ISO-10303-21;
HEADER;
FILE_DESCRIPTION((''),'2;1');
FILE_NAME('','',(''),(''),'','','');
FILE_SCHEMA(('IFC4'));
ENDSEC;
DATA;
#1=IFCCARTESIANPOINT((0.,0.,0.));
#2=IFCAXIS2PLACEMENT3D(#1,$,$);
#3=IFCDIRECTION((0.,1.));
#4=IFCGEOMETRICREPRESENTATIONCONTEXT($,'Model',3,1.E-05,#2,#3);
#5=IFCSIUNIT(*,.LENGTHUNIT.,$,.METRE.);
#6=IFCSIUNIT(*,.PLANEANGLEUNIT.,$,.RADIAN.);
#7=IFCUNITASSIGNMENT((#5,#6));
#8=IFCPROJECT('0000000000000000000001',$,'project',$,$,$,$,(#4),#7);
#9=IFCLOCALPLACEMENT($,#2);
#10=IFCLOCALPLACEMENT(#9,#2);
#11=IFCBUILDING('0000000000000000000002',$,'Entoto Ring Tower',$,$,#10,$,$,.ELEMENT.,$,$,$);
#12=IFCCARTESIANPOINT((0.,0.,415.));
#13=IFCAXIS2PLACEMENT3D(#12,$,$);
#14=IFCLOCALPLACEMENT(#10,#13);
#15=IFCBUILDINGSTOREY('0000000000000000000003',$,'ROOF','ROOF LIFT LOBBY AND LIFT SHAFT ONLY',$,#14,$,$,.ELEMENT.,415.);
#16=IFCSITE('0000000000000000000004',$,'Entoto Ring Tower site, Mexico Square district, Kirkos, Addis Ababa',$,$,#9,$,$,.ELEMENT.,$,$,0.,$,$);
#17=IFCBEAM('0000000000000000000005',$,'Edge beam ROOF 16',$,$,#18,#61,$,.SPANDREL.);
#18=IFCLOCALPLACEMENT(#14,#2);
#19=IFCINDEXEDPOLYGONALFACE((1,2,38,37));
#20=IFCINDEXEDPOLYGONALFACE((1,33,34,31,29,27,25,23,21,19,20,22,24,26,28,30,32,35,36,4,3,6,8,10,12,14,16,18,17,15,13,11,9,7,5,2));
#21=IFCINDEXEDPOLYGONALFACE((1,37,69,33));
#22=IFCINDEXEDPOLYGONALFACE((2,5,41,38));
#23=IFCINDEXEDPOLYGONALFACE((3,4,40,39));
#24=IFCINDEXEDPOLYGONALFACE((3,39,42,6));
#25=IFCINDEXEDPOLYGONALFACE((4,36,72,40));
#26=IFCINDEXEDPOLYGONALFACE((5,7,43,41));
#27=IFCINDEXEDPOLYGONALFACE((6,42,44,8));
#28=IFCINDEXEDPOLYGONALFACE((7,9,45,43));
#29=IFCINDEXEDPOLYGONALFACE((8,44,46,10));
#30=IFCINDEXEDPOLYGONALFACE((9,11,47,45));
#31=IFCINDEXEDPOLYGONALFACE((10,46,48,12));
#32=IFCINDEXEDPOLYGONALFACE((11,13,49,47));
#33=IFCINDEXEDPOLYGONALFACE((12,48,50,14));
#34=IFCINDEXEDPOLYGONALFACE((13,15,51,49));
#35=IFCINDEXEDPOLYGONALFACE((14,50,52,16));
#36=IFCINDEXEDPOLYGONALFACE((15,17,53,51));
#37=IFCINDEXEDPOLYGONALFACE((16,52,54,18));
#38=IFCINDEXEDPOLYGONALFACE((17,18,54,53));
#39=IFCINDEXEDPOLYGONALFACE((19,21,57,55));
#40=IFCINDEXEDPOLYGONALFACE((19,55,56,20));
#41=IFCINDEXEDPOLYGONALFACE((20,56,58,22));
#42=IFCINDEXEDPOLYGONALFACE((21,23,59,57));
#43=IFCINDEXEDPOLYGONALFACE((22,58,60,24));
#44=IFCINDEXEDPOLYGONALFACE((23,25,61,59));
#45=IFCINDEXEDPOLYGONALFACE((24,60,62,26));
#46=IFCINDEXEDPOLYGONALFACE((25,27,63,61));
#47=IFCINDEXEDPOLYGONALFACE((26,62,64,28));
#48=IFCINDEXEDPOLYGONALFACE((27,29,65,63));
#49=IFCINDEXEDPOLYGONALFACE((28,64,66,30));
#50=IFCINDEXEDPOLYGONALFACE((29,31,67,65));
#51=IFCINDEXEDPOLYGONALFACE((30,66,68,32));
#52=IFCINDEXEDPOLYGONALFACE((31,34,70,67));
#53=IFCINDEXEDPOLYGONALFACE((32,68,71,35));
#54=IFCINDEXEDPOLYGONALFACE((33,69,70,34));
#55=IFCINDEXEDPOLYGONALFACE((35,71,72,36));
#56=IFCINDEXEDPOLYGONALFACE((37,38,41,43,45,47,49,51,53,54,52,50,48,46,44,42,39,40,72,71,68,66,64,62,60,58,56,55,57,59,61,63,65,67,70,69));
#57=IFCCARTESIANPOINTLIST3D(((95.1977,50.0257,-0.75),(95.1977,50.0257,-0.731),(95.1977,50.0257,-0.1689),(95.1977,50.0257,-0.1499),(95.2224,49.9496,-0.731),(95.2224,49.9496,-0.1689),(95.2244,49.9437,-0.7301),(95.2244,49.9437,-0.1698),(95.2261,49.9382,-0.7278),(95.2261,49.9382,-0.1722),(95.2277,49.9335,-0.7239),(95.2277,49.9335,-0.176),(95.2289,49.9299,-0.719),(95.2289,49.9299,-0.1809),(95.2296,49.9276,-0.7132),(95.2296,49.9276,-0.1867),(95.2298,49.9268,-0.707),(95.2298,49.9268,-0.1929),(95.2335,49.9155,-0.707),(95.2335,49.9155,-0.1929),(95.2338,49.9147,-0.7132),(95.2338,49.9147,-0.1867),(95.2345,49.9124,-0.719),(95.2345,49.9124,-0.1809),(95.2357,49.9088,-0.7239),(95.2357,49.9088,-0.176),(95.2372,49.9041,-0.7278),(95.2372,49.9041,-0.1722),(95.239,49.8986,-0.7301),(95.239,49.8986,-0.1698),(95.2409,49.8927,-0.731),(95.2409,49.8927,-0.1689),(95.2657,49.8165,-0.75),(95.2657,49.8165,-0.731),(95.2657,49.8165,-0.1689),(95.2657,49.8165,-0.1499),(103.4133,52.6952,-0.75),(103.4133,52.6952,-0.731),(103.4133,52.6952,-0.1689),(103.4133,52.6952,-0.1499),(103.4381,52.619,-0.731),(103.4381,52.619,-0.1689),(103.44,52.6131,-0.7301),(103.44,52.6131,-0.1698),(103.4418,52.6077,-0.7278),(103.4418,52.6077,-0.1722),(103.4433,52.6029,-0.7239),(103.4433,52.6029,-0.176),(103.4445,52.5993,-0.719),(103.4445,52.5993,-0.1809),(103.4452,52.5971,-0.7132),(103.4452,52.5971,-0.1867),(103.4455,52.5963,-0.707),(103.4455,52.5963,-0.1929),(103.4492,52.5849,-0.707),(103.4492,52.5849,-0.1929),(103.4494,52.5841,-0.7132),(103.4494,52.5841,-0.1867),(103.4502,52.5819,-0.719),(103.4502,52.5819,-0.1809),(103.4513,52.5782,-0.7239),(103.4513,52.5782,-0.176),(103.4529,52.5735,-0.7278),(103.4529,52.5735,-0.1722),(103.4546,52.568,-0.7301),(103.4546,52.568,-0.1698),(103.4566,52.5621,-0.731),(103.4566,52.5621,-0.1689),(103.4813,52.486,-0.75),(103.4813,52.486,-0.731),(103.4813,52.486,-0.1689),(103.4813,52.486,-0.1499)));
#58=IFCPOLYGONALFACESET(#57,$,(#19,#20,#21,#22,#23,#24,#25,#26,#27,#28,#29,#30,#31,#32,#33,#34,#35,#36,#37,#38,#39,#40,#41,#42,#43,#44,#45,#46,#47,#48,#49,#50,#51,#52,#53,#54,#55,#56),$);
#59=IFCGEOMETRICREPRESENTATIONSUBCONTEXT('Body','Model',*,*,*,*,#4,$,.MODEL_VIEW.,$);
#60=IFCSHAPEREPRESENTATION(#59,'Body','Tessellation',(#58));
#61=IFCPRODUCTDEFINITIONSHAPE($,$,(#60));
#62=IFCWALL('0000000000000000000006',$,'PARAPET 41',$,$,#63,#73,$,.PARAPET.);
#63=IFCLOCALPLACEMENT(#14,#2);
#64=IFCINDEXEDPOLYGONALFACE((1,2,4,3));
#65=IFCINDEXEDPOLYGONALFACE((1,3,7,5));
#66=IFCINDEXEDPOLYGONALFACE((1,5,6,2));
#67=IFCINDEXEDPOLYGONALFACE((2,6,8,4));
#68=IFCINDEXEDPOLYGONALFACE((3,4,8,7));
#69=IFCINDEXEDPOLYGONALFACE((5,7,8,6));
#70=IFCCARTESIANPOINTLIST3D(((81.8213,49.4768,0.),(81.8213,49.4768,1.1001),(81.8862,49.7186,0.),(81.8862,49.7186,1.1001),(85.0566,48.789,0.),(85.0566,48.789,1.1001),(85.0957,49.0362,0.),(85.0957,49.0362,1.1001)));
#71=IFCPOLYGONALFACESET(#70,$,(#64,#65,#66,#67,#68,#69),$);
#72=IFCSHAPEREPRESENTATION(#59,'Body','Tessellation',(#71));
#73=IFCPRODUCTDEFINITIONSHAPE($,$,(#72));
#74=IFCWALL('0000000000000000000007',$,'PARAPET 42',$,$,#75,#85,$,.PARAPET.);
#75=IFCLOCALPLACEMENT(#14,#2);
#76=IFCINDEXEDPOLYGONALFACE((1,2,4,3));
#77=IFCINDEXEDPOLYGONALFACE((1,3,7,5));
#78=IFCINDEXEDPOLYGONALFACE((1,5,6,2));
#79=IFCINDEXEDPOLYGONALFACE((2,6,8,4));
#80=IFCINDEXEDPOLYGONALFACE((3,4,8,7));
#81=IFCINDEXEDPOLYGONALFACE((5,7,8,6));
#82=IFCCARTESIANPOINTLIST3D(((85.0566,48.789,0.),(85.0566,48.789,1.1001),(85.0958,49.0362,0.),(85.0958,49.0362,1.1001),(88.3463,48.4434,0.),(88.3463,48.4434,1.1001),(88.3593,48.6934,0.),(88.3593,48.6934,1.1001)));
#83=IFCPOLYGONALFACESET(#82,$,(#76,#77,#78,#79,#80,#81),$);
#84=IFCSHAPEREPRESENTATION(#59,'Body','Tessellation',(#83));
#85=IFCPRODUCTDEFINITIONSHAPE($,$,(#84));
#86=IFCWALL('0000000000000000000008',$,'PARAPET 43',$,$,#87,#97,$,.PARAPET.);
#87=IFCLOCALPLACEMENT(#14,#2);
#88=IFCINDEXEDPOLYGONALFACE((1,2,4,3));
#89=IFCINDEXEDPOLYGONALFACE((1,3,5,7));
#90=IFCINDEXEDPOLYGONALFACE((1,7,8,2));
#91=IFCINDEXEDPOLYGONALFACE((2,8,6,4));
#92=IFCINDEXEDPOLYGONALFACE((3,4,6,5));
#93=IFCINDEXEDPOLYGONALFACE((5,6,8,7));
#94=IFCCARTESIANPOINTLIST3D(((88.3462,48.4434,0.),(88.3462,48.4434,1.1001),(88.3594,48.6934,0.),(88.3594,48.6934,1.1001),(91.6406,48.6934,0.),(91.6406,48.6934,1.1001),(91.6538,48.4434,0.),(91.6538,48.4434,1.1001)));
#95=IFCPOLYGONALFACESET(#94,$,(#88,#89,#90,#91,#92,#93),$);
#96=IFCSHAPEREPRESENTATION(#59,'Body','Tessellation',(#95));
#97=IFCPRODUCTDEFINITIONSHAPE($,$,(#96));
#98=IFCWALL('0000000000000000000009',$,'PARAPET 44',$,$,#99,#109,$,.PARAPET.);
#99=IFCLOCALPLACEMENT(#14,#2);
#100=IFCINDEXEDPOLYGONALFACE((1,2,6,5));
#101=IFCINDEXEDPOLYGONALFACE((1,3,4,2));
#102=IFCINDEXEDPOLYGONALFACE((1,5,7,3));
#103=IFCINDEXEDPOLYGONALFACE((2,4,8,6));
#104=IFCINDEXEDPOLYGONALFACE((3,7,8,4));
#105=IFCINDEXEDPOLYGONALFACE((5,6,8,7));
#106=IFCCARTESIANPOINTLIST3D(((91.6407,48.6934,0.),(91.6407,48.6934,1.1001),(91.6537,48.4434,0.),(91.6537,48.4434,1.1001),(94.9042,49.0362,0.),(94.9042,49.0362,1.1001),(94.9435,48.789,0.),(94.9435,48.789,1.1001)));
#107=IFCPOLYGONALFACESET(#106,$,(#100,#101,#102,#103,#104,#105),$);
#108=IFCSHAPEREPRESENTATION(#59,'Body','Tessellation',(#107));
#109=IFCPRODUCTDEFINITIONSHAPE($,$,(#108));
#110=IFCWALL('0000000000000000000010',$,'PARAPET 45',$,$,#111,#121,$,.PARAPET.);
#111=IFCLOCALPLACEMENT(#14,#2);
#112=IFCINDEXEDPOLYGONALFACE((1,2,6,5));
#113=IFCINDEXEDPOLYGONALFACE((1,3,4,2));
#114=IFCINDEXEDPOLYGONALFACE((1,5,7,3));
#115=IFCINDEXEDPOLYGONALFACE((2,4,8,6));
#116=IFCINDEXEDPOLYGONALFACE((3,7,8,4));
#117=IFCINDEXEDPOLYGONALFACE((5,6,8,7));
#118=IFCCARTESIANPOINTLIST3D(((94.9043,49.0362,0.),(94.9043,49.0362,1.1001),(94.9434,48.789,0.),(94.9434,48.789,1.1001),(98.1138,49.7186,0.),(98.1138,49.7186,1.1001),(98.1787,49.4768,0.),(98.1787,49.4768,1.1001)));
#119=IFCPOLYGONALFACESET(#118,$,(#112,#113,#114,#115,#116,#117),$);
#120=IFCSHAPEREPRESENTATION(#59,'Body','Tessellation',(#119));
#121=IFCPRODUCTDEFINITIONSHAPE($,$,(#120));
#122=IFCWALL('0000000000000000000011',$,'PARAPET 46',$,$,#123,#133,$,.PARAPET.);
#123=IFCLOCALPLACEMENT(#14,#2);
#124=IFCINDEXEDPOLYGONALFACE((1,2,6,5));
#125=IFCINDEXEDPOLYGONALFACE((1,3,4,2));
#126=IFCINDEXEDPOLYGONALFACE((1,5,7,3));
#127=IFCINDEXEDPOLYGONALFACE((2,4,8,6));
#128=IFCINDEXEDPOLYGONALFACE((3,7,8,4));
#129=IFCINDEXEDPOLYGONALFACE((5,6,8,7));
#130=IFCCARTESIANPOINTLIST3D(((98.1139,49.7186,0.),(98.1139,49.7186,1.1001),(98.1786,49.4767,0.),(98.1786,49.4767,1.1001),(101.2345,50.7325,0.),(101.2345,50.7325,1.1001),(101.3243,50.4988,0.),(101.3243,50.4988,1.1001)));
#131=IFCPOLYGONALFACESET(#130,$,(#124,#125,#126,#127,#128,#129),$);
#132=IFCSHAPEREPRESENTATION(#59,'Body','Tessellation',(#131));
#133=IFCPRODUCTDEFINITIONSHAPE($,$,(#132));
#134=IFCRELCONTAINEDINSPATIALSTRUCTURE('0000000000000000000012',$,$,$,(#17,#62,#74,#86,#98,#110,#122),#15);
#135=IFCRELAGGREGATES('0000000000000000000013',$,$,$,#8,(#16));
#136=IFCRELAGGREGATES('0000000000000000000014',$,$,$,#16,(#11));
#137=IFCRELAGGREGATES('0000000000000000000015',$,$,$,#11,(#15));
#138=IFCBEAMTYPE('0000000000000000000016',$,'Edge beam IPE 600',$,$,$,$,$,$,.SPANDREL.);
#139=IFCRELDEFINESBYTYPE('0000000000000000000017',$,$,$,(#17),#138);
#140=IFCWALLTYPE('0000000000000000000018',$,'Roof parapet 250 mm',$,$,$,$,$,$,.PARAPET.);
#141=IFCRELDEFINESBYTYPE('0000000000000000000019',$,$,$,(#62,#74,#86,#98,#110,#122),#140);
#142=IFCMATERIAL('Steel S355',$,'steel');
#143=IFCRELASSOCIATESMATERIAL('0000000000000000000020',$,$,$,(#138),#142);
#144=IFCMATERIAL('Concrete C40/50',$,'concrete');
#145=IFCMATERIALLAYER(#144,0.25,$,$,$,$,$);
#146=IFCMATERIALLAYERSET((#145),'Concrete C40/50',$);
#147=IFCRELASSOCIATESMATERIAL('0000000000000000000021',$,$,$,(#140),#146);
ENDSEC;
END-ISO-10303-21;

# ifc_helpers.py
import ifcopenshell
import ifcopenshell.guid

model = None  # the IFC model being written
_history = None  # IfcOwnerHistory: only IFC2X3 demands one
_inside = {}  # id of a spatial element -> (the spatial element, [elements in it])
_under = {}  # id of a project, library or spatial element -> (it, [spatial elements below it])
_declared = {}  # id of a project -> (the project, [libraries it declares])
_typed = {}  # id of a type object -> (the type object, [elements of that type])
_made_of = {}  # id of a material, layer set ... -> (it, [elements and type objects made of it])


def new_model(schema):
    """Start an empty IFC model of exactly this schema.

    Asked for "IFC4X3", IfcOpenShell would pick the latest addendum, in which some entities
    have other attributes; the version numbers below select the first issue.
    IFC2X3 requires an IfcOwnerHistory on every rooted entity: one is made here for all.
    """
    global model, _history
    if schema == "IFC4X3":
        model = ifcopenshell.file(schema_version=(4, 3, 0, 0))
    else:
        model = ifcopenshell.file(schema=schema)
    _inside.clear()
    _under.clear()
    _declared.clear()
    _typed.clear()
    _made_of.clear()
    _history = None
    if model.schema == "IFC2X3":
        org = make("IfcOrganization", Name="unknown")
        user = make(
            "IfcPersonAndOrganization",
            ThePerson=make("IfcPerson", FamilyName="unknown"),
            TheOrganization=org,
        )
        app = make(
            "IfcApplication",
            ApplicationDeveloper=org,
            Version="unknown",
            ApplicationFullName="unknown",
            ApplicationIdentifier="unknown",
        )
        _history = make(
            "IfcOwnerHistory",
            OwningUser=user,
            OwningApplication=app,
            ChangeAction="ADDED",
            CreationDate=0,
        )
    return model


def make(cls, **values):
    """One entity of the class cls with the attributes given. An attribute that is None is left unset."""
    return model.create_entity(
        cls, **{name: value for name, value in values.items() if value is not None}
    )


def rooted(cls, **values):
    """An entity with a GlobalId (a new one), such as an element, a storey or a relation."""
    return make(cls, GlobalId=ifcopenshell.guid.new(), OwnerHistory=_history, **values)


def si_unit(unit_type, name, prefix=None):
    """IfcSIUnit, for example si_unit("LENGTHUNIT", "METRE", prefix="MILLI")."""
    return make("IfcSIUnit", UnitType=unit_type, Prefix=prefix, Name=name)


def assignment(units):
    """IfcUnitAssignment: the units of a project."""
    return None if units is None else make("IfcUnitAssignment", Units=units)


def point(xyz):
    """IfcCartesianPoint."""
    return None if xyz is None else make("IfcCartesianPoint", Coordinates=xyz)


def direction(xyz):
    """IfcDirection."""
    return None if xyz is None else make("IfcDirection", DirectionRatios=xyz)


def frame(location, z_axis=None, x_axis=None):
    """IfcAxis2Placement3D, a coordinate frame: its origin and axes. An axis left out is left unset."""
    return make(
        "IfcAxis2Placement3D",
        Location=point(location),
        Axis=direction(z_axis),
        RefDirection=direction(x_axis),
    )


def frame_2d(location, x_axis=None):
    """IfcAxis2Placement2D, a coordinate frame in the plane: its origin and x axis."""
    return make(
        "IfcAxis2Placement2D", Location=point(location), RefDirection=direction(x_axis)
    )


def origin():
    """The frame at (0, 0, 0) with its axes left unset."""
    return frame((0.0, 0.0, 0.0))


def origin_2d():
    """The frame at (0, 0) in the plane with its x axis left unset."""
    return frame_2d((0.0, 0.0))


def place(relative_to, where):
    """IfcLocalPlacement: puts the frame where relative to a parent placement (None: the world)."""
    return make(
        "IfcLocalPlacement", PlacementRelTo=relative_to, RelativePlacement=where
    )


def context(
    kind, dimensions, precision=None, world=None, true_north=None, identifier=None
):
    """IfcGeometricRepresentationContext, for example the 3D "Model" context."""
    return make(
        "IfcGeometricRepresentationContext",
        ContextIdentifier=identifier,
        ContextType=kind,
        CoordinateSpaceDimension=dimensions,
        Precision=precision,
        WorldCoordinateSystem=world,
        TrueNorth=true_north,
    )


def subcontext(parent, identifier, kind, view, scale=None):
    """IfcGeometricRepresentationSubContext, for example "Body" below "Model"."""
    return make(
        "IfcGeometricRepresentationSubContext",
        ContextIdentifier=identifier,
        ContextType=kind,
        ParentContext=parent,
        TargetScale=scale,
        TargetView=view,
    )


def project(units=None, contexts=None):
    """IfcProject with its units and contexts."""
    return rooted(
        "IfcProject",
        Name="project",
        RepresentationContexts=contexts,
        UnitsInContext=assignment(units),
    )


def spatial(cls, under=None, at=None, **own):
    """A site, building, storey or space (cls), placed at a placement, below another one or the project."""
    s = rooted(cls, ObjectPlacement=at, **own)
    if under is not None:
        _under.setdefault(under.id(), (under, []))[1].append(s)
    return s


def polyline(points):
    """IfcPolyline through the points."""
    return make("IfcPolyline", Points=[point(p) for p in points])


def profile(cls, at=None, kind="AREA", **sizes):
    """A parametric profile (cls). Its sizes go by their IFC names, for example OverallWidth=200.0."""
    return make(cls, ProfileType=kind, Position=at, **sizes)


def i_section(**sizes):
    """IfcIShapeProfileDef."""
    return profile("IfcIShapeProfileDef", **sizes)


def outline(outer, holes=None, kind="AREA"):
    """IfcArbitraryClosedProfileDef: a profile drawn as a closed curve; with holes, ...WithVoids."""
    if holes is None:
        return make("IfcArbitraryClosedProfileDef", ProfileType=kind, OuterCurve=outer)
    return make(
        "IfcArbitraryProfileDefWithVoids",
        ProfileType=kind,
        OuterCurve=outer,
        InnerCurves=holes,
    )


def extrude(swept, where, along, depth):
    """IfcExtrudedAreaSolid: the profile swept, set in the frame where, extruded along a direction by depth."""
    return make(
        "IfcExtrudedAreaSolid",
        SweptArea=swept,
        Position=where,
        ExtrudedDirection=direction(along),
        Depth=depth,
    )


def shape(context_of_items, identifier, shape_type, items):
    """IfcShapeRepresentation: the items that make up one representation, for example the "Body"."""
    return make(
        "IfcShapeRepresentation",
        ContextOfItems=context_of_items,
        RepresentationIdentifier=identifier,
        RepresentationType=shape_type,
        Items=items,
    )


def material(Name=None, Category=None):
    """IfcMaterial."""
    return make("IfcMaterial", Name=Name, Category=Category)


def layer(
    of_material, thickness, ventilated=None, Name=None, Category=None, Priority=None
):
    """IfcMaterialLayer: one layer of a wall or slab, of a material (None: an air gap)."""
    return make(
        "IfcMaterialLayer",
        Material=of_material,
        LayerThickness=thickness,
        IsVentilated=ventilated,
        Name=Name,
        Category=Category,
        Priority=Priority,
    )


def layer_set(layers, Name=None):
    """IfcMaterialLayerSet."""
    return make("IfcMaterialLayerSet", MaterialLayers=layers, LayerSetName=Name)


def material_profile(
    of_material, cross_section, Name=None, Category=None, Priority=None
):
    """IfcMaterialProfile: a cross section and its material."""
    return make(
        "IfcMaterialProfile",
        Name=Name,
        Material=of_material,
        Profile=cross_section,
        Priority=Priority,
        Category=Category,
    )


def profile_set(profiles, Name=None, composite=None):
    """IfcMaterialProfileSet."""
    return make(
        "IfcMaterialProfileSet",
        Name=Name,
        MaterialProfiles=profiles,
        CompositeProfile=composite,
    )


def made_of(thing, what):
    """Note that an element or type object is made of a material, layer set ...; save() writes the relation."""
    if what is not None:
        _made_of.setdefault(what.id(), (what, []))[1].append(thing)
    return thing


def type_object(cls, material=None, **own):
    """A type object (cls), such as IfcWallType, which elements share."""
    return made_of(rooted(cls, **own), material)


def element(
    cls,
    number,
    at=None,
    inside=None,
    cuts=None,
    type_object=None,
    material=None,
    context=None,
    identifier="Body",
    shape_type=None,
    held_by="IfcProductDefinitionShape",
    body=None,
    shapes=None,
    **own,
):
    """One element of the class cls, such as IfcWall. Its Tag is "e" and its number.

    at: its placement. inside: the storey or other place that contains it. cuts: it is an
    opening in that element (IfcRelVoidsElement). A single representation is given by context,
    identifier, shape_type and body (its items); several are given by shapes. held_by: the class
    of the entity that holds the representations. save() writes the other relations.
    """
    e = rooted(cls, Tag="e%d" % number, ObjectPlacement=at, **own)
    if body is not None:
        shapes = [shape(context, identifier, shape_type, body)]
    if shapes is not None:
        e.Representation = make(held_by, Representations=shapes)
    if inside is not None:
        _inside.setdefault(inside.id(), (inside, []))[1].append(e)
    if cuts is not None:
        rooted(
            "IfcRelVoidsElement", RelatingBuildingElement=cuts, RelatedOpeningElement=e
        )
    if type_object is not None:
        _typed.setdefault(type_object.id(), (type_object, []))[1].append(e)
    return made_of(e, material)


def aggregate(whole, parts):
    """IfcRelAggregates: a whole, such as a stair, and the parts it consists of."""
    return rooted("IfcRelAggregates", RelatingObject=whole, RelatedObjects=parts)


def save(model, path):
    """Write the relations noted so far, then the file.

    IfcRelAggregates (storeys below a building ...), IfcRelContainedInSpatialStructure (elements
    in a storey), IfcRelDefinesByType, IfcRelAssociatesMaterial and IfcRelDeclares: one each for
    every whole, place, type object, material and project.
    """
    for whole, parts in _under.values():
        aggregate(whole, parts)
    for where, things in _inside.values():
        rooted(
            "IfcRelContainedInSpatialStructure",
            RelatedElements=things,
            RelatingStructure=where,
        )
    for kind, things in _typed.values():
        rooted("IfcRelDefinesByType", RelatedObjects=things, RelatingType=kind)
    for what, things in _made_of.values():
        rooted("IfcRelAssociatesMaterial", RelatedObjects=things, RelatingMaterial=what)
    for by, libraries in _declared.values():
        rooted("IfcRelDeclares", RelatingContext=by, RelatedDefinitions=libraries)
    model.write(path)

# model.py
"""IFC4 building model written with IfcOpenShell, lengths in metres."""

from ifc_helpers import new_model, si_unit, direction, frame, origin, origin_2d, place, context, subcontext, project, spatial, polyline, i_section, outline, extrude, material, layer, layer_set, material_profile, profile_set, type_object, element, save


model = new_model("IFC4")

# Units and contexts
model_context = context("Model", 3, precision=1e-05, world=origin(), true_north=direction((0.0, 1.0)))
body_context = subcontext(model_context, "Body", "Model", "MODEL_VIEW")
ifc_project = project(units=[si_unit("LENGTHUNIT", "METRE"), si_unit("PLANEANGLEUNIT", "RADIAN")], contexts=[model_context])

# Site, building, storey
site_placement = place(None, origin())
site = spatial("IfcSite", under=ifc_project, at=site_placement, Name="Entoto Ring Tower site, Mexico Square district, Kirkos, Addis Ababa", CompositionType="ELEMENT", RefElevation=0.0)
building_placement = place(site_placement, origin())
building = spatial("IfcBuilding", under=site, at=building_placement, Name="Entoto Ring Tower", CompositionType="ELEMENT")
storey_placement = place(building_placement, frame((0.0, 0.0, 415.0)))
storey = spatial("IfcBuildingStorey", under=building, at=storey_placement, Name="ROOF", Description="ROOF LIFT LOBBY AND LIFT SHAFT ONLY", CompositionType="ELEMENT", Elevation=415.0)

# Beam
ifc_material_1 = material(Name="Steel S355", Category="steel")
ifc_material_profile_1 = material_profile(ifc_material_1, i_section(OverallWidth=0.22, OverallDepth=0.6001, WebThickness=0.012, FlangeThickness=0.019, FilletRadius=0.0239, at=origin_2d()), Name="IPE 600")
ifc_profile_set_1 = profile_set([ifc_material_profile_1], Name="Steel S355")
beam_type_1 = type_object("IfcBeamType", Name="Edge beam IPE 600", PredefinedType="SPANDREL", material=ifc_profile_set_1)
beam_1_placement = place(storey_placement, frame((95.2317, 49.9211, -0.45), z_axis=(0.951055, 0.30902, 0.0), x_axis=(-0.30902, 0.951055, 0.0)))
element("IfcBeam", 1, at=beam_1_placement, inside=storey, type_object=beam_type_1, Name="Edge beam ROOF 16", PredefinedType="SPANDREL", context=body_context, shape_type="SweptSolid", body=[
    extrude(i_section(OverallWidth=0.22, OverallDepth=0.6001, WebThickness=0.012, FlangeThickness=0.019, FilletRadius=0.0239, at=origin_2d()), origin(), (0.0, 0.0, 1.0), 8.6384),
])

# Walls
ifc_material_2 = material(Name="Concrete C40/50", Category="concrete")
ifc_layer = layer(ifc_material_2, 0.25)
ifc_layer_set = layer_set([ifc_layer], Name="Concrete C40/50")
wall_type = type_object("IfcWallType", Name="Roof parapet 250 mm", PredefinedType="PARAPET", material=ifc_layer_set)
wall_1_placement = place(storey_placement, frame((81.8538, 49.5977, 0.0), z_axis=(0.0, 0.0, 1.0), x_axis=(0.978141, -0.207945, 0.0)))
element("IfcWall", 2, at=wall_1_placement, inside=storey, type_object=wall_type, Name="PARAPET 41", PredefinedType="PARAPET", context=body_context, shape_type="SweptSolid", body=[
    extrude(outline(polyline([(-0.0066, -0.125), (3.301, -0.125), (3.2878, 0.125), (0.0066, 0.125), (-0.0066, -0.125)])), origin(), (0.0, 0.0, 1.0), 1.1001),
])
wall_2_placement = place(storey_placement, frame((85.0762, 48.9126, 0.0), z_axis=(0.0, 0.0, 1.0), x_axis=(0.994527, -0.104484, 0.0)))
element("IfcWall", 3, at=wall_2_placement, inside=storey, type_object=wall_type, Name="PARAPET 42", PredefinedType="PARAPET", context=body_context, shape_type="SweptSolid", body=[
    extrude(outline(polyline([(-0.0066, -0.125), (3.3013, -0.125), (3.2881, 0.125), (0.0066, 0.125), (-0.0066, -0.125)])), origin(), (0.0, 0.0, 1.0), 1.1001),
])
wall_3_placement = place(storey_placement, frame((88.3528, 48.5684, 0.0), z_axis=(0.0, 0.0, 1.0), x_axis=(1.0, 0.0, 0.0)))
element("IfcWall", 4, at=wall_3_placement, inside=storey, type_object=wall_type, Name="PARAPET 43", PredefinedType="PARAPET", context=body_context, shape_type="SweptSolid", body=[
    extrude(outline(polyline([(-0.0066, -0.125), (3.301, -0.125), (3.2878, 0.125), (0.0066, 0.125), (-0.0066, -0.125)])), origin(), (0.0, 0.0, 1.0), 1.1001),
])
wall_4_placement = place(storey_placement, frame((91.6472, 48.5684, 0.0), z_axis=(0.0, 0.0, 1.0), x_axis=(0.994527, 0.104484, 0.0)))
element("IfcWall", 5, at=wall_4_placement, inside=storey, type_object=wall_type, Name="PARAPET 44", PredefinedType="PARAPET", context=body_context, shape_type="SweptSolid", body=[
    extrude(outline(polyline([(-0.0066, -0.125), (3.3013, -0.125), (3.2881, 0.125), (0.0066, 0.125), (-0.0066, -0.125)])), origin(), (0.0, 0.0, 1.0), 1.1001),
])
for number, where, z_axis, x_axis, name in (
    (6, (94.9238, 48.9126, 0.0), (0.0, 0.0, 1.0), (0.978141, 0.207945, 0.0), "PARAPET 45"),
    (7, (98.1462, 49.5977, 0.0), (0.0, 0.0, 1.0), (0.951057, 0.309016, 0.0), "PARAPET 46"),
):
    element("IfcWall", number, at=place(storey_placement, frame(where, z_axis=z_axis, x_axis=x_axis)), inside=storey, type_object=wall_type, Name=name, PredefinedType="PARAPET", context=body_context, shape_type="SweptSolid", body=[
        extrude(outline(polyline([(-0.0066, -0.125), (3.301, -0.125), (3.2878, 0.125), (0.0066, 0.125), (-0.0066, -0.125)])), origin(), (0.0, 0.0, 1.0), 1.1001),
    ])

save(model, "model.ifc")
